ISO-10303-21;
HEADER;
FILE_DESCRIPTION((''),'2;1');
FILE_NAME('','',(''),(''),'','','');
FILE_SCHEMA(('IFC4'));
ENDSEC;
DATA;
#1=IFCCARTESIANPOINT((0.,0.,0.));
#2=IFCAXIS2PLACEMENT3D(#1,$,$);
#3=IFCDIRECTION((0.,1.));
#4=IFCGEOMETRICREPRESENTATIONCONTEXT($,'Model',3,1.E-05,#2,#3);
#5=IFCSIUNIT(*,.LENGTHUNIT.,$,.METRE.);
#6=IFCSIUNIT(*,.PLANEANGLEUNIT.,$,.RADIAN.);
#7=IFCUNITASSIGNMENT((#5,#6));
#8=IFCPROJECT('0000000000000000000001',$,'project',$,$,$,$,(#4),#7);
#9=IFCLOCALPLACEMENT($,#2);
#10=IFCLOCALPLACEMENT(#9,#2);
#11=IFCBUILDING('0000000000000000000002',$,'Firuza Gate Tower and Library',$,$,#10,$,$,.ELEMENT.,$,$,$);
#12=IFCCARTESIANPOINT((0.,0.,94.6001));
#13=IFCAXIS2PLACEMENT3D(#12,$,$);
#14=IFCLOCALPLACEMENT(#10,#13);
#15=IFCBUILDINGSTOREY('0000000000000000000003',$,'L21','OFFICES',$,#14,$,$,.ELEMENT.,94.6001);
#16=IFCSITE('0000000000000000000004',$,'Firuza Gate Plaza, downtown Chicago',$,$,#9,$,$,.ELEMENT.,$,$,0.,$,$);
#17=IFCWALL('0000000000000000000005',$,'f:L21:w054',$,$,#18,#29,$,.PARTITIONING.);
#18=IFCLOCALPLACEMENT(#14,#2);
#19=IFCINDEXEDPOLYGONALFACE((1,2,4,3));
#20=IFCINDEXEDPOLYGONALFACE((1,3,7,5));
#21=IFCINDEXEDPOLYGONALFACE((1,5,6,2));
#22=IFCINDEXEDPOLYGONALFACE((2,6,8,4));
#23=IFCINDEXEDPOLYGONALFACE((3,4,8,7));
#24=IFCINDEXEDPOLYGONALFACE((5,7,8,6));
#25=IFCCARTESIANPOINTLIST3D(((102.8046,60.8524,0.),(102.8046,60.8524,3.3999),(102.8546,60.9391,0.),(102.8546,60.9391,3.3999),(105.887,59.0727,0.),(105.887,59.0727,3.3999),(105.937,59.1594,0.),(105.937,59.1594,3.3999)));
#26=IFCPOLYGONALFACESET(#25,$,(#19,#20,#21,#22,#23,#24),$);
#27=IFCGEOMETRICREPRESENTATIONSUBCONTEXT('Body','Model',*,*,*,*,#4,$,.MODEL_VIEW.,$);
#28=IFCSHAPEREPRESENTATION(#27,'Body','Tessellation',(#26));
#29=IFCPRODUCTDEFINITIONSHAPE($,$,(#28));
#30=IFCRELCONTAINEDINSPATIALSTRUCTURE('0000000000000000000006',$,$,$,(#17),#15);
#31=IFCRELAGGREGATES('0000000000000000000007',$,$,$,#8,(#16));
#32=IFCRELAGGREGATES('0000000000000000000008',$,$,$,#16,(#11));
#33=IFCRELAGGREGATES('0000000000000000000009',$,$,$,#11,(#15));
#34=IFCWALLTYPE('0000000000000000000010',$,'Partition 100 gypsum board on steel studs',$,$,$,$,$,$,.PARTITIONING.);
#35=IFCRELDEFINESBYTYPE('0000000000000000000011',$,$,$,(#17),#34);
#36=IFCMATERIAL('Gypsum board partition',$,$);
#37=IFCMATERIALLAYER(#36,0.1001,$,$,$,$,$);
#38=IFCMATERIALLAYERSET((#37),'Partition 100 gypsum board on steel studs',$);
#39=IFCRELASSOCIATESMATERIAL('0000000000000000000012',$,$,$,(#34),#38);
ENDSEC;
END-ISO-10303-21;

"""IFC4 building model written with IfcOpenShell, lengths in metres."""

from ifc_helpers import new_model, si_unit, direction, frame, frame_2d, origin, place, context, subcontext, project, spatial, rectangle, extrude, material, layer, layer_set, type_object, element, save


model = new_model("IFC4")

# Units and contexts
model_context = context("Model", 3, precision=1e-05, world=origin(), true_north=direction((0.0, 1.0)))
body_context = subcontext(model_context, "Body", "Model", "MODEL_VIEW")
ifc_project = project(units=[si_unit("LENGTHUNIT", "METRE"), si_unit("PLANEANGLEUNIT", "RADIAN")], contexts=[model_context])

# Site, building, storey
site_placement = place(None, origin())
site = spatial("IfcSite", under=ifc_project, at=site_placement, Name="Firuza Gate Plaza, downtown Chicago", CompositionType="ELEMENT", RefElevation=0.0)
building_placement = place(site_placement, origin())
building = spatial("IfcBuilding", under=site, at=building_placement, Name="Firuza Gate Tower and Library", CompositionType="ELEMENT")
storey_placement = place(building_placement, frame((0.0, 0.0, 94.6001)))
storey = spatial("IfcBuildingStorey", under=building, at=storey_placement, Name="L21", Description="OFFICES", CompositionType="ELEMENT", Elevation=94.6001)

# Wall
ifc_material_1 = material(Name="Gypsum board partition")
ifc_layer_1 = layer(ifc_material_1, 0.1001)
ifc_layer_set_1 = layer_set([ifc_layer_1], Name="Partition 100 gypsum board on steel studs")
wall_type_1 = type_object("IfcWallType", Name="Partition 100 gypsum board on steel studs", PredefinedType="PARTITIONING", material=ifc_layer_set_1)
wall_1_placement = place(storey_placement, frame((105.9121, 59.116, 0.0), z_axis=(0.0, 0.0, 1.0), x_axis=(-0.866014, 0.500019, 0.0)))
element("IfcWall", 1, at=wall_1_placement, inside=storey, type_object=wall_type_1, Name="f:L21:w054", PredefinedType="PARTITIONING", context=body_context, shape_type="SweptSolid", body=[
    extrude(rectangle(XDim=3.5593, YDim=0.1001, at=frame_2d((1.7798, 0.0))), origin(), (0.0, 0.0, 1.0), 3.3999),
])

save(model, "model.ifc")
